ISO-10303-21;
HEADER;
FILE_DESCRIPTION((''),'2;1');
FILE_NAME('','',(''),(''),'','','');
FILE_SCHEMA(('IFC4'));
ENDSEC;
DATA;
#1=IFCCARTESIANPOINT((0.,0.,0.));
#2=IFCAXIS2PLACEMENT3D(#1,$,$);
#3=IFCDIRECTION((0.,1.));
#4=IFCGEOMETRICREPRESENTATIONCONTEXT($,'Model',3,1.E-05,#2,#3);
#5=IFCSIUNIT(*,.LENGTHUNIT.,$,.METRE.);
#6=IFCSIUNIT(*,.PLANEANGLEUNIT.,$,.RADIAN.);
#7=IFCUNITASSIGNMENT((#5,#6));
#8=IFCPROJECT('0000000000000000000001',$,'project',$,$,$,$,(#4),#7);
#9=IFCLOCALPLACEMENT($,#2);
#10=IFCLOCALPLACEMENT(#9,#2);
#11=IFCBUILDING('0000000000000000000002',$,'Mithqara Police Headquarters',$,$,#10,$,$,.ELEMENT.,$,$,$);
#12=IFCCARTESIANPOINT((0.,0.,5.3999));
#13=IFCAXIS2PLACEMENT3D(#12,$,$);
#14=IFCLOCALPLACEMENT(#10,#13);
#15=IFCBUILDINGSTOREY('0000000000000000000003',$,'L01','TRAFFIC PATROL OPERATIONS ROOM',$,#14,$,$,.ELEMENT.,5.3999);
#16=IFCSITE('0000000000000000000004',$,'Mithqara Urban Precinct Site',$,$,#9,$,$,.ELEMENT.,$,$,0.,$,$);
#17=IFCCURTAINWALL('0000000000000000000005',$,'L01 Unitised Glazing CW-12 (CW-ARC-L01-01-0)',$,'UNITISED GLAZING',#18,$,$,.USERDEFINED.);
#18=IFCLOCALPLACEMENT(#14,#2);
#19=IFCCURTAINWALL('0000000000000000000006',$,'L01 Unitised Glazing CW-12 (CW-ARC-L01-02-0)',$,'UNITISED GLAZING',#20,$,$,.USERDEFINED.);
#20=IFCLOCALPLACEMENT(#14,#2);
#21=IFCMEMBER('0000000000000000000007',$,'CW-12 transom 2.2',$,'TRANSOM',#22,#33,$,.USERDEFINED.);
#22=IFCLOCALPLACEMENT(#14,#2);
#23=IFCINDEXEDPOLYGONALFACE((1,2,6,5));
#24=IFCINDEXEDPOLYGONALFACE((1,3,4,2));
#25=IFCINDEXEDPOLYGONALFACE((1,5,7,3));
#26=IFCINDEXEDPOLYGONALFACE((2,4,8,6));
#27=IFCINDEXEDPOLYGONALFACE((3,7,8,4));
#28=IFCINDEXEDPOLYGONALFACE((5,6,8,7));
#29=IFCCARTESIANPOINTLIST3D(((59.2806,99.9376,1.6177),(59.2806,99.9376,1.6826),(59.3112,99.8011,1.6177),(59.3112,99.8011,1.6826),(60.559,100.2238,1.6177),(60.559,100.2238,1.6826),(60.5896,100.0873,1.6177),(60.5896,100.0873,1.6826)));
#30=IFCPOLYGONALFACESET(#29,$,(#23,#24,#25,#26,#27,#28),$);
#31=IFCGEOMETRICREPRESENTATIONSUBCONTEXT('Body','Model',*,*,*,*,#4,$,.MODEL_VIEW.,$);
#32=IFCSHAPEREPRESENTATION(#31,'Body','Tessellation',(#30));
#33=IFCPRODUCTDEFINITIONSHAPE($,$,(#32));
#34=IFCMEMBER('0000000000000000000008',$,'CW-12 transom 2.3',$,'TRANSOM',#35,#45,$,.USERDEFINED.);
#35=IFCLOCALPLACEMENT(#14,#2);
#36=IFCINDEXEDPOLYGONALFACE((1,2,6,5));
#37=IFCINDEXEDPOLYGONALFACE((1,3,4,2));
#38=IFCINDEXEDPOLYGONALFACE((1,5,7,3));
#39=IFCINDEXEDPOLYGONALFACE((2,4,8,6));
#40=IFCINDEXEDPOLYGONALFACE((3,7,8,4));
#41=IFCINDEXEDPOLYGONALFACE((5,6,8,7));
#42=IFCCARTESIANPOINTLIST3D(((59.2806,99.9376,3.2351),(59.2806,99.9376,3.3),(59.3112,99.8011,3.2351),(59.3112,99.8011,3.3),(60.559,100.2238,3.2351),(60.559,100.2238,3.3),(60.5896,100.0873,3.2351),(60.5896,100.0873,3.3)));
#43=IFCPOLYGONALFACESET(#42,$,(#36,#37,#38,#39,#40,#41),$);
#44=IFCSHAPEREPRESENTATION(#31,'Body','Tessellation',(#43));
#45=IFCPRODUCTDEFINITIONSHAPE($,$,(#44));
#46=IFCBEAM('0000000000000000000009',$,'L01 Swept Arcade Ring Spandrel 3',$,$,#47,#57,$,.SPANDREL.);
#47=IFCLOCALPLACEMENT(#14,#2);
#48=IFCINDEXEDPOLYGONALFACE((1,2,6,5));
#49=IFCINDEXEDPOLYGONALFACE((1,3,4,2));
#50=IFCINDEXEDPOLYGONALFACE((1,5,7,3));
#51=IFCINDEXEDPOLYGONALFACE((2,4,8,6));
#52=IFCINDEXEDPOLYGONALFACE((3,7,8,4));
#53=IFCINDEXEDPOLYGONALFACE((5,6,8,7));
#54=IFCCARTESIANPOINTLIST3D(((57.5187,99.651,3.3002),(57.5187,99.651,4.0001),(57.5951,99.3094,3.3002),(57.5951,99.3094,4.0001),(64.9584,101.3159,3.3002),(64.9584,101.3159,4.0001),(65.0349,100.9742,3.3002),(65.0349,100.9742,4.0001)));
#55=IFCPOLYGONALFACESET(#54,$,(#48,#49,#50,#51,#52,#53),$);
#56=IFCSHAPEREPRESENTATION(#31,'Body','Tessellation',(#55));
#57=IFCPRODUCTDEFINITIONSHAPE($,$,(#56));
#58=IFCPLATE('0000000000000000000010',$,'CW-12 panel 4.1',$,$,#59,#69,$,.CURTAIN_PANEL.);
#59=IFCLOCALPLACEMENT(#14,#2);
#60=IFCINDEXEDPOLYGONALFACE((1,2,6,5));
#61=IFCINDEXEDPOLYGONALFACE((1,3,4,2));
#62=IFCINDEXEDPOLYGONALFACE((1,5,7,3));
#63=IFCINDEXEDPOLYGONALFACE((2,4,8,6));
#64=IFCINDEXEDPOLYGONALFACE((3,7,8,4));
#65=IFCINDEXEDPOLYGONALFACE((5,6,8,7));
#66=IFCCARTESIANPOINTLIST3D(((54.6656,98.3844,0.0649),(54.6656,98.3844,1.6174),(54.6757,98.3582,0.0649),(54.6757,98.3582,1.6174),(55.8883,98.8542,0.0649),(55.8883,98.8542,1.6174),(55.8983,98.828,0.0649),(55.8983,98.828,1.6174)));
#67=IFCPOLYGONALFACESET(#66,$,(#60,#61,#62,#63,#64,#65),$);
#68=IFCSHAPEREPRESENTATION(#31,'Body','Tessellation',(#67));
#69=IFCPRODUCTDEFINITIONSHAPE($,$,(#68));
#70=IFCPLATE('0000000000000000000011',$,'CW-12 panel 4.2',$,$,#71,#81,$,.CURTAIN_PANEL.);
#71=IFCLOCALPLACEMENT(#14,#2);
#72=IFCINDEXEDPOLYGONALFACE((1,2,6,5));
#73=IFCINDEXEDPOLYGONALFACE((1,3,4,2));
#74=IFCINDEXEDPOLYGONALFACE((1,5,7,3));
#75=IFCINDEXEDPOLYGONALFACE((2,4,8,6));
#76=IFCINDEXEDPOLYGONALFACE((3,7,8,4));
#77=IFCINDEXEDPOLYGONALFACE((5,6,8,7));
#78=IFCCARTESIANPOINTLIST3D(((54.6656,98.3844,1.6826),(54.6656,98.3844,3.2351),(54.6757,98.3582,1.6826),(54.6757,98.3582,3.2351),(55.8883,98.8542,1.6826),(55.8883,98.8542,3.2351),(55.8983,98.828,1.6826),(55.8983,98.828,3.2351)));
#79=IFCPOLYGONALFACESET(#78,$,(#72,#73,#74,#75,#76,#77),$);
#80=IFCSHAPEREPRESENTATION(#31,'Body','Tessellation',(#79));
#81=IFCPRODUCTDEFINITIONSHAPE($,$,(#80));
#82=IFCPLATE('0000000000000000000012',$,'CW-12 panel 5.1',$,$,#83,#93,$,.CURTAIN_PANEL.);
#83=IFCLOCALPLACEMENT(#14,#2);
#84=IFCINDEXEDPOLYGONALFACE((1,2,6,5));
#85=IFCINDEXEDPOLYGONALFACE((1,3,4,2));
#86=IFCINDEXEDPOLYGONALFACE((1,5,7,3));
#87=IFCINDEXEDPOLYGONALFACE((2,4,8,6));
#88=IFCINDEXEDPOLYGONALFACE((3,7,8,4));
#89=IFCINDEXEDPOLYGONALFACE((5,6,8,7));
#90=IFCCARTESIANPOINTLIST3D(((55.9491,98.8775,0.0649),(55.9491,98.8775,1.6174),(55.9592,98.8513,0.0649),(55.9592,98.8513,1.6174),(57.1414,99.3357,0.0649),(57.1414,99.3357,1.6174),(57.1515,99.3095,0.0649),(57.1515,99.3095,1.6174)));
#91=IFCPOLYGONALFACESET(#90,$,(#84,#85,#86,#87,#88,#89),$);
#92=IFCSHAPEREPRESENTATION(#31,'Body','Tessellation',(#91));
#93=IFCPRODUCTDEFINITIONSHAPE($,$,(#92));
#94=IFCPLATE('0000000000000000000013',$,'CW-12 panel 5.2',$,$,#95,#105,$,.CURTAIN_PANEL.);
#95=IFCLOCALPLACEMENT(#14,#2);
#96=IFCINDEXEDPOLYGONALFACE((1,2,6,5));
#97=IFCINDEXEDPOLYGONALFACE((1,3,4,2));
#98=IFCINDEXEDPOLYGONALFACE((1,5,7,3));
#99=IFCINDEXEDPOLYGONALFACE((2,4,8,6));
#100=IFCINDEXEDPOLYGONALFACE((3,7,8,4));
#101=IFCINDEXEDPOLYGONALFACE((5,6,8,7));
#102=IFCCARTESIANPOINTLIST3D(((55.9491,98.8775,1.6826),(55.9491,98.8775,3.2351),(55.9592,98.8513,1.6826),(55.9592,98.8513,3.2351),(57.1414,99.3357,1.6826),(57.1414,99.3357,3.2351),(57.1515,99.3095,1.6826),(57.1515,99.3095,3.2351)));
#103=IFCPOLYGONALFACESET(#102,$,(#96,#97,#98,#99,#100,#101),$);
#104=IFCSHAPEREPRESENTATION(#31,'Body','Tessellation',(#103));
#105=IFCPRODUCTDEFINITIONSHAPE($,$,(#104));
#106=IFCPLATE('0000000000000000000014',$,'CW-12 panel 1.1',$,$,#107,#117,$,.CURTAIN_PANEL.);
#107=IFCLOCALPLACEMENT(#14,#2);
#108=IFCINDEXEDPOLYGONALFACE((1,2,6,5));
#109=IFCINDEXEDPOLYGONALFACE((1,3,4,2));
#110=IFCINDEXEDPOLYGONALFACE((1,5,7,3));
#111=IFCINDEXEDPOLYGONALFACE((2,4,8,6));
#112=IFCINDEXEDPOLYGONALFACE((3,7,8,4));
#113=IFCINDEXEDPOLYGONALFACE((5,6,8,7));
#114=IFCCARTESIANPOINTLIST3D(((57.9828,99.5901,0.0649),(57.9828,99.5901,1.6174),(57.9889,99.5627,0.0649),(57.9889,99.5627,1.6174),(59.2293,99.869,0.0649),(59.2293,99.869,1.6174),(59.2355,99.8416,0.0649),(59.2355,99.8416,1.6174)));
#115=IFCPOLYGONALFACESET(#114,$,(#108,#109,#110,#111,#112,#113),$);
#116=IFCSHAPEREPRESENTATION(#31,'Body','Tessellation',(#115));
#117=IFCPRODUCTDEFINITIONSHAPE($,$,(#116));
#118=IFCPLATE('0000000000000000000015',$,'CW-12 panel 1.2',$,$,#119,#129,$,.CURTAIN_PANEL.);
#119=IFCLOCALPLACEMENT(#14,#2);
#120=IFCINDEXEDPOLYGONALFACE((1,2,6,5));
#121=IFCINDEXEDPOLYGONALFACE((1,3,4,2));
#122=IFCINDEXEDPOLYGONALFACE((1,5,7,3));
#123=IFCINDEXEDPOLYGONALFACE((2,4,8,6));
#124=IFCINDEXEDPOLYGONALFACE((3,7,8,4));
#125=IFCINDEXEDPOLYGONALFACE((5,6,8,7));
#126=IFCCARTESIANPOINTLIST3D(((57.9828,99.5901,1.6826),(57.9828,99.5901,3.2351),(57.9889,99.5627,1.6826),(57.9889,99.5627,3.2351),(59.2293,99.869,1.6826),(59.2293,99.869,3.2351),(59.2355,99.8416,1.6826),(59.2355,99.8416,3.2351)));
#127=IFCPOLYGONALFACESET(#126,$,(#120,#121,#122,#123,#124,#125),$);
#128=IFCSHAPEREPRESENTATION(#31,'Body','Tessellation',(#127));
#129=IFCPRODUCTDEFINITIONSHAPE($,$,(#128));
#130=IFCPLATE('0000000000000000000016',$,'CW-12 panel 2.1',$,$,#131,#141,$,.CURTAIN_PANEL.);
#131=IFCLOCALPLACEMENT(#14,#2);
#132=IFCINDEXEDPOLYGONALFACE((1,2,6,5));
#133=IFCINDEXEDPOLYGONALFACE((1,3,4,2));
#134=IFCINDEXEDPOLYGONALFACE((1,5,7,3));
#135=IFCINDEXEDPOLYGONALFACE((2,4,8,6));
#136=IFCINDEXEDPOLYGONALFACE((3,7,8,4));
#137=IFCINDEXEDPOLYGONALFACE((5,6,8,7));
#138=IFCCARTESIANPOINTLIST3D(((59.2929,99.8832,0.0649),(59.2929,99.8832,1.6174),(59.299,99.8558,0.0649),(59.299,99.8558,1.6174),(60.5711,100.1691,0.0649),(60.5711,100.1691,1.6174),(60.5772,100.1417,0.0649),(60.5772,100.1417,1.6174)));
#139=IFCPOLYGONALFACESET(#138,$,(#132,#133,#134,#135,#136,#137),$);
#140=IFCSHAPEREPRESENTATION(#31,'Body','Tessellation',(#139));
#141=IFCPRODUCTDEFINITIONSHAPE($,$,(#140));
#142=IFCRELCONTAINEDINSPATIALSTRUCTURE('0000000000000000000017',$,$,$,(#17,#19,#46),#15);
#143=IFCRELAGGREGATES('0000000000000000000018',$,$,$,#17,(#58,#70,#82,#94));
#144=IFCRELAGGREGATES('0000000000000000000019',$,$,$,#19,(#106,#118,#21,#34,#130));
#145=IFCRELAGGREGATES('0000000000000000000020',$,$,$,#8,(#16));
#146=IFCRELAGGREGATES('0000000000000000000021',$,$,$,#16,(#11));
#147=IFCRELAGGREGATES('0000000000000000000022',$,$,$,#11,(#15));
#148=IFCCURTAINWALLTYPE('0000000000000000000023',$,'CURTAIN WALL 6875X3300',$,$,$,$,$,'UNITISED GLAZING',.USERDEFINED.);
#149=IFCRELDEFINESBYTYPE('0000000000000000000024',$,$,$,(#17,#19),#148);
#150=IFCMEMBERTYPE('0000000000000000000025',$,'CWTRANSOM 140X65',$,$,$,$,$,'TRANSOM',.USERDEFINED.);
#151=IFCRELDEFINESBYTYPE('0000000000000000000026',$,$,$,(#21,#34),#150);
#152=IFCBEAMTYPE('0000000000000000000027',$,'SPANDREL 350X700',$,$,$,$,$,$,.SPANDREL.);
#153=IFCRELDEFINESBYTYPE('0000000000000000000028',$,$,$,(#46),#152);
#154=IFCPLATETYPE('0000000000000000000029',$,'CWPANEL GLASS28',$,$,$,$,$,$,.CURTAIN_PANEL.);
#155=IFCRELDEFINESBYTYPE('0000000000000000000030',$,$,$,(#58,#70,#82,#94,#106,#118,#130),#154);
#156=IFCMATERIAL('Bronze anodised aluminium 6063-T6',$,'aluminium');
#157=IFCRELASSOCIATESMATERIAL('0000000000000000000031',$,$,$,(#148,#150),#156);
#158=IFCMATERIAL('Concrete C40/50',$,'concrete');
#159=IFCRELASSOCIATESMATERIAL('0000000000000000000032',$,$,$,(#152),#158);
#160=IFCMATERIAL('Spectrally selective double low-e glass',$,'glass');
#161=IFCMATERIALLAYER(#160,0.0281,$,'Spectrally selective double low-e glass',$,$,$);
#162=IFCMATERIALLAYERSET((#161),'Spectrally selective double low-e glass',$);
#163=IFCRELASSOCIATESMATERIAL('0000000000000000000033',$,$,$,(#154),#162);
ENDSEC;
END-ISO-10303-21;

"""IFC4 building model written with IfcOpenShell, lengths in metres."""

from ifc_helpers import new_model, si_unit, direction, frame, origin, origin_2d, place, context, subcontext, project, spatial, rectangle, extrude, material, layer, layer_set, material_profile, profile_set, type_object, element, aggregate, save


model = new_model("IFC4")

# Units and contexts
model_context = context("Model", 3, precision=1e-05, world=origin(), true_north=direction((0.0, 1.0)))
body_context = subcontext(model_context, "Body", "Model", "MODEL_VIEW")
ifc_project = project(units=[si_unit("LENGTHUNIT", "METRE"), si_unit("PLANEANGLEUNIT", "RADIAN")], contexts=[model_context])

# Site, building, storey
site_placement = place(None, origin())
site = spatial("IfcSite", under=ifc_project, at=site_placement, Name="Mithqara Urban Precinct Site", CompositionType="ELEMENT", RefElevation=0.0)
building_placement = place(site_placement, origin())
building = spatial("IfcBuilding", under=site, at=building_placement, Name="Mithqara Police Headquarters", CompositionType="ELEMENT")
storey_placement = place(building_placement, frame((0.0, 0.0, 5.3999)))
storey = spatial("IfcBuildingStorey", under=building, at=storey_placement, Name="L01", Description="TRAFFIC PATROL OPERATIONS ROOM", CompositionType="ELEMENT", Elevation=5.3999)

# Curtain walls
ifc_material_1 = material(Name="Bronze anodised aluminium 6063-T6", Category="aluminium")
curtain_wall_type = type_object("IfcCurtainWallType", Name="CURTAIN WALL 6875X3300", ElementType="UNITISED GLAZING", PredefinedType="USERDEFINED", material=ifc_material_1)
curtain_wall_1_placement = place(storey_placement, origin())
curtain_wall_1 = element("IfcCurtainWall", 1, at=curtain_wall_1_placement, inside=storey, type_object=curtain_wall_type, Name="L01 Unitised Glazing CW-12 (CW-ARC-L01-01-0)", ObjectType="UNITISED GLAZING", PredefinedType="USERDEFINED")
curtain_wall_2_placement = place(storey_placement, origin())
curtain_wall_2 = element("IfcCurtainWall", 2, at=curtain_wall_2_placement, inside=storey, type_object=curtain_wall_type, Name="L01 Unitised Glazing CW-12 (CW-ARC-L01-02-0)", ObjectType="UNITISED GLAZING", PredefinedType="USERDEFINED")

# Members
ifc_material_profile_1 = material_profile(ifc_material_1, rectangle(XDim=0.1399, YDim=0.0649, at=origin_2d()), Name="CWT 140x65")
ifc_profile_set_1 = profile_set([ifc_material_profile_1], Name="Bronze anodised aluminium 6063-T6")
member_type_1 = type_object("IfcMemberType", Name="CWTRANSOM 140X65", ElementType="TRANSOM", PredefinedType="USERDEFINED", material=ifc_profile_set_1)
member_1_placement = place(storey_placement, frame((59.2959, 99.8694, 1.6501), z_axis=(0.975853, 0.21843, 0.0), x_axis=(-0.21843, 0.975853, 0.0)))
member_1 = element("IfcMember", 3, at=member_1_placement, type_object=member_type_1, Name="CW-12 transom 2.2", ObjectType="TRANSOM", PredefinedType="USERDEFINED", context=body_context, shape_type="SweptSolid", body=[
    extrude(rectangle(XDim=0.1399, YDim=0.0649, at=origin_2d()), origin(), (0.0, 0.0, 1.0), 1.3101),
])
member_2_placement = place(storey_placement, frame((59.2959, 99.8694, 3.2676), z_axis=(0.975853, 0.21843, 0.0), x_axis=(-0.21843, 0.975853, 0.0)))
member_2 = element("IfcMember", 4, at=member_2_placement, type_object=member_type_1, Name="CW-12 transom 2.3", ObjectType="TRANSOM", PredefinedType="USERDEFINED", context=body_context, shape_type="SweptSolid", body=[
    extrude(rectangle(XDim=0.1399, YDim=0.0649, at=origin_2d()), origin(), (0.0, 0.0, 1.0), 1.3101),
])

# Beam
ifc_material_2 = material(Name="Concrete C40/50", Category="concrete")
ifc_material_profile_2 = material_profile(ifc_material_2, rectangle(XDim=0.3501, YDim=0.7, at=origin_2d()), Name="SPB 350x700")
ifc_profile_set_2 = profile_set([ifc_material_profile_2], Name="Concrete C40/50")
beam_type = type_object("IfcBeamType", Name="SPANDREL 350X700", PredefinedType="SPANDREL", material=ifc_profile_set_2)
beam_placement = place(storey_placement, frame((57.5569, 99.4802, 3.6501), z_axis=(0.975866, 0.218371, 0.0), x_axis=(-0.218371, 0.975866, 0.0)))
element("IfcBeam", 5, at=beam_placement, inside=storey, type_object=beam_type, Name="L01 Swept Arcade Ring Spandrel 3", PredefinedType="SPANDREL", context=body_context, shape_type="SweptSolid", body=[
    extrude(rectangle(XDim=0.3501, YDim=0.7, at=origin_2d()), origin(), (0.0, 0.0, 1.0), 7.6238),
])

# Plates
ifc_material_3 = material(Name="Spectrally selective double low-e glass", Category="glass")
ifc_layer = layer(ifc_material_3, 0.0281, Name="Spectrally selective double low-e glass")
ifc_layer_set = layer_set([ifc_layer], Name="Spectrally selective double low-e glass")
plate_type = type_object("IfcPlateType", Name="CWPANEL GLASS28", PredefinedType="CURTAIN_PANEL", material=ifc_layer_set)
plate_1_placement = place(storey_placement, frame((55.282, 98.6062, 0.0649), z_axis=(0.0, 0.0, 1.0), x_axis=(0.93346, 0.358681, 0.0)))
plate_1 = element("IfcPlate", 6, at=plate_1_placement, type_object=plate_type, Name="CW-12 panel 4.1", PredefinedType="CURTAIN_PANEL", context=body_context, shape_type="SweptSolid", body=[
    extrude(rectangle(XDim=1.3098, YDim=0.0281, at=origin_2d()), origin(), (0.0, 0.0, 1.0), 1.5525),
])
plate_2_placement = place(storey_placement, frame((55.282, 98.6062, 1.6826), z_axis=(0.0, 0.0, 1.0), x_axis=(0.93346, 0.358681, 0.0)))
plate_2 = element("IfcPlate", 7, at=plate_2_placement, type_object=plate_type, Name="CW-12 panel 4.2", PredefinedType="CURTAIN_PANEL", context=body_context, shape_type="SweptSolid", body=[
    extrude(rectangle(XDim=1.3098, YDim=0.0281, at=origin_2d()), origin(), (0.0, 0.0, 1.0), 1.5525),
])
plate_3_placement = place(storey_placement, frame((56.5503, 99.0935, 0.0649), z_axis=(0.0, 0.0, 1.0), x_axis=(0.93346, 0.358681, 0.0)))
plate_3 = element("IfcPlate", 8, at=plate_3_placement, type_object=plate_type, Name="CW-12 panel 5.1", PredefinedType="CURTAIN_PANEL", context=body_context, shape_type="SweptSolid", body=[
    extrude(rectangle(XDim=1.2773, YDim=0.0281, at=origin_2d()), origin(), (0.0, 0.0, 1.0), 1.5525),
])
plate_4_placement = place(storey_placement, frame((56.5503, 99.0935, 1.6826), z_axis=(0.0, 0.0, 1.0), x_axis=(0.93346, 0.358681, 0.0)))
plate_4 = element("IfcPlate", 9, at=plate_4_placement, type_object=plate_type, Name="CW-12 panel 5.2", PredefinedType="CURTAIN_PANEL", context=body_context, shape_type="SweptSolid", body=[
    extrude(rectangle(XDim=1.2773, YDim=0.0281, at=origin_2d()), origin(), (0.0, 0.0, 1.0), 1.5525),
])
aggregate(curtain_wall_1, [plate_1, plate_2, plate_3, plate_4])
plate_5_placement = place(storey_placement, frame((58.6091, 99.7158, 0.0649), z_axis=(0.0, 0.0, 1.0), x_axis=(0.975873, 0.218341, 0.0)))
plate_5 = element("IfcPlate", 10, at=plate_5_placement, type_object=plate_type, Name="CW-12 panel 1.1", PredefinedType="CURTAIN_PANEL", context=body_context, shape_type="SweptSolid", body=[
    extrude(rectangle(XDim=1.2773, YDim=0.0281, at=origin_2d()), origin(), (0.0, 0.0, 1.0), 1.5525),
])
plate_6_placement = place(storey_placement, frame((58.6091, 99.7158, 1.6826), z_axis=(0.0, 0.0, 1.0), x_axis=(0.975873, 0.218341, 0.0)))
plate_6 = element("IfcPlate", 11, at=plate_6_placement, type_object=plate_type, Name="CW-12 panel 1.2", PredefinedType="CURTAIN_PANEL", context=body_context, shape_type="SweptSolid", body=[
    extrude(rectangle(XDim=1.2773, YDim=0.0281, at=origin_2d()), origin(), (0.0, 0.0, 1.0), 1.5525),
])
plate_7_placement = place(storey_placement, frame((59.9351, 100.0125, 0.0649), z_axis=(0.0, 0.0, 1.0), x_axis=(0.975873, 0.218341, 0.0)))
plate_7 = element("IfcPlate", 12, at=plate_7_placement, type_object=plate_type, Name="CW-12 panel 2.1", PredefinedType="CURTAIN_PANEL", context=body_context, shape_type="SweptSolid", body=[
    extrude(rectangle(XDim=1.3098, YDim=0.0281, at=origin_2d()), origin(), (0.0, 0.0, 1.0), 1.5525),
])
aggregate(curtain_wall_2, [plate_5, plate_6, member_1, member_2, plate_7])

save(model, "model.ifc")
